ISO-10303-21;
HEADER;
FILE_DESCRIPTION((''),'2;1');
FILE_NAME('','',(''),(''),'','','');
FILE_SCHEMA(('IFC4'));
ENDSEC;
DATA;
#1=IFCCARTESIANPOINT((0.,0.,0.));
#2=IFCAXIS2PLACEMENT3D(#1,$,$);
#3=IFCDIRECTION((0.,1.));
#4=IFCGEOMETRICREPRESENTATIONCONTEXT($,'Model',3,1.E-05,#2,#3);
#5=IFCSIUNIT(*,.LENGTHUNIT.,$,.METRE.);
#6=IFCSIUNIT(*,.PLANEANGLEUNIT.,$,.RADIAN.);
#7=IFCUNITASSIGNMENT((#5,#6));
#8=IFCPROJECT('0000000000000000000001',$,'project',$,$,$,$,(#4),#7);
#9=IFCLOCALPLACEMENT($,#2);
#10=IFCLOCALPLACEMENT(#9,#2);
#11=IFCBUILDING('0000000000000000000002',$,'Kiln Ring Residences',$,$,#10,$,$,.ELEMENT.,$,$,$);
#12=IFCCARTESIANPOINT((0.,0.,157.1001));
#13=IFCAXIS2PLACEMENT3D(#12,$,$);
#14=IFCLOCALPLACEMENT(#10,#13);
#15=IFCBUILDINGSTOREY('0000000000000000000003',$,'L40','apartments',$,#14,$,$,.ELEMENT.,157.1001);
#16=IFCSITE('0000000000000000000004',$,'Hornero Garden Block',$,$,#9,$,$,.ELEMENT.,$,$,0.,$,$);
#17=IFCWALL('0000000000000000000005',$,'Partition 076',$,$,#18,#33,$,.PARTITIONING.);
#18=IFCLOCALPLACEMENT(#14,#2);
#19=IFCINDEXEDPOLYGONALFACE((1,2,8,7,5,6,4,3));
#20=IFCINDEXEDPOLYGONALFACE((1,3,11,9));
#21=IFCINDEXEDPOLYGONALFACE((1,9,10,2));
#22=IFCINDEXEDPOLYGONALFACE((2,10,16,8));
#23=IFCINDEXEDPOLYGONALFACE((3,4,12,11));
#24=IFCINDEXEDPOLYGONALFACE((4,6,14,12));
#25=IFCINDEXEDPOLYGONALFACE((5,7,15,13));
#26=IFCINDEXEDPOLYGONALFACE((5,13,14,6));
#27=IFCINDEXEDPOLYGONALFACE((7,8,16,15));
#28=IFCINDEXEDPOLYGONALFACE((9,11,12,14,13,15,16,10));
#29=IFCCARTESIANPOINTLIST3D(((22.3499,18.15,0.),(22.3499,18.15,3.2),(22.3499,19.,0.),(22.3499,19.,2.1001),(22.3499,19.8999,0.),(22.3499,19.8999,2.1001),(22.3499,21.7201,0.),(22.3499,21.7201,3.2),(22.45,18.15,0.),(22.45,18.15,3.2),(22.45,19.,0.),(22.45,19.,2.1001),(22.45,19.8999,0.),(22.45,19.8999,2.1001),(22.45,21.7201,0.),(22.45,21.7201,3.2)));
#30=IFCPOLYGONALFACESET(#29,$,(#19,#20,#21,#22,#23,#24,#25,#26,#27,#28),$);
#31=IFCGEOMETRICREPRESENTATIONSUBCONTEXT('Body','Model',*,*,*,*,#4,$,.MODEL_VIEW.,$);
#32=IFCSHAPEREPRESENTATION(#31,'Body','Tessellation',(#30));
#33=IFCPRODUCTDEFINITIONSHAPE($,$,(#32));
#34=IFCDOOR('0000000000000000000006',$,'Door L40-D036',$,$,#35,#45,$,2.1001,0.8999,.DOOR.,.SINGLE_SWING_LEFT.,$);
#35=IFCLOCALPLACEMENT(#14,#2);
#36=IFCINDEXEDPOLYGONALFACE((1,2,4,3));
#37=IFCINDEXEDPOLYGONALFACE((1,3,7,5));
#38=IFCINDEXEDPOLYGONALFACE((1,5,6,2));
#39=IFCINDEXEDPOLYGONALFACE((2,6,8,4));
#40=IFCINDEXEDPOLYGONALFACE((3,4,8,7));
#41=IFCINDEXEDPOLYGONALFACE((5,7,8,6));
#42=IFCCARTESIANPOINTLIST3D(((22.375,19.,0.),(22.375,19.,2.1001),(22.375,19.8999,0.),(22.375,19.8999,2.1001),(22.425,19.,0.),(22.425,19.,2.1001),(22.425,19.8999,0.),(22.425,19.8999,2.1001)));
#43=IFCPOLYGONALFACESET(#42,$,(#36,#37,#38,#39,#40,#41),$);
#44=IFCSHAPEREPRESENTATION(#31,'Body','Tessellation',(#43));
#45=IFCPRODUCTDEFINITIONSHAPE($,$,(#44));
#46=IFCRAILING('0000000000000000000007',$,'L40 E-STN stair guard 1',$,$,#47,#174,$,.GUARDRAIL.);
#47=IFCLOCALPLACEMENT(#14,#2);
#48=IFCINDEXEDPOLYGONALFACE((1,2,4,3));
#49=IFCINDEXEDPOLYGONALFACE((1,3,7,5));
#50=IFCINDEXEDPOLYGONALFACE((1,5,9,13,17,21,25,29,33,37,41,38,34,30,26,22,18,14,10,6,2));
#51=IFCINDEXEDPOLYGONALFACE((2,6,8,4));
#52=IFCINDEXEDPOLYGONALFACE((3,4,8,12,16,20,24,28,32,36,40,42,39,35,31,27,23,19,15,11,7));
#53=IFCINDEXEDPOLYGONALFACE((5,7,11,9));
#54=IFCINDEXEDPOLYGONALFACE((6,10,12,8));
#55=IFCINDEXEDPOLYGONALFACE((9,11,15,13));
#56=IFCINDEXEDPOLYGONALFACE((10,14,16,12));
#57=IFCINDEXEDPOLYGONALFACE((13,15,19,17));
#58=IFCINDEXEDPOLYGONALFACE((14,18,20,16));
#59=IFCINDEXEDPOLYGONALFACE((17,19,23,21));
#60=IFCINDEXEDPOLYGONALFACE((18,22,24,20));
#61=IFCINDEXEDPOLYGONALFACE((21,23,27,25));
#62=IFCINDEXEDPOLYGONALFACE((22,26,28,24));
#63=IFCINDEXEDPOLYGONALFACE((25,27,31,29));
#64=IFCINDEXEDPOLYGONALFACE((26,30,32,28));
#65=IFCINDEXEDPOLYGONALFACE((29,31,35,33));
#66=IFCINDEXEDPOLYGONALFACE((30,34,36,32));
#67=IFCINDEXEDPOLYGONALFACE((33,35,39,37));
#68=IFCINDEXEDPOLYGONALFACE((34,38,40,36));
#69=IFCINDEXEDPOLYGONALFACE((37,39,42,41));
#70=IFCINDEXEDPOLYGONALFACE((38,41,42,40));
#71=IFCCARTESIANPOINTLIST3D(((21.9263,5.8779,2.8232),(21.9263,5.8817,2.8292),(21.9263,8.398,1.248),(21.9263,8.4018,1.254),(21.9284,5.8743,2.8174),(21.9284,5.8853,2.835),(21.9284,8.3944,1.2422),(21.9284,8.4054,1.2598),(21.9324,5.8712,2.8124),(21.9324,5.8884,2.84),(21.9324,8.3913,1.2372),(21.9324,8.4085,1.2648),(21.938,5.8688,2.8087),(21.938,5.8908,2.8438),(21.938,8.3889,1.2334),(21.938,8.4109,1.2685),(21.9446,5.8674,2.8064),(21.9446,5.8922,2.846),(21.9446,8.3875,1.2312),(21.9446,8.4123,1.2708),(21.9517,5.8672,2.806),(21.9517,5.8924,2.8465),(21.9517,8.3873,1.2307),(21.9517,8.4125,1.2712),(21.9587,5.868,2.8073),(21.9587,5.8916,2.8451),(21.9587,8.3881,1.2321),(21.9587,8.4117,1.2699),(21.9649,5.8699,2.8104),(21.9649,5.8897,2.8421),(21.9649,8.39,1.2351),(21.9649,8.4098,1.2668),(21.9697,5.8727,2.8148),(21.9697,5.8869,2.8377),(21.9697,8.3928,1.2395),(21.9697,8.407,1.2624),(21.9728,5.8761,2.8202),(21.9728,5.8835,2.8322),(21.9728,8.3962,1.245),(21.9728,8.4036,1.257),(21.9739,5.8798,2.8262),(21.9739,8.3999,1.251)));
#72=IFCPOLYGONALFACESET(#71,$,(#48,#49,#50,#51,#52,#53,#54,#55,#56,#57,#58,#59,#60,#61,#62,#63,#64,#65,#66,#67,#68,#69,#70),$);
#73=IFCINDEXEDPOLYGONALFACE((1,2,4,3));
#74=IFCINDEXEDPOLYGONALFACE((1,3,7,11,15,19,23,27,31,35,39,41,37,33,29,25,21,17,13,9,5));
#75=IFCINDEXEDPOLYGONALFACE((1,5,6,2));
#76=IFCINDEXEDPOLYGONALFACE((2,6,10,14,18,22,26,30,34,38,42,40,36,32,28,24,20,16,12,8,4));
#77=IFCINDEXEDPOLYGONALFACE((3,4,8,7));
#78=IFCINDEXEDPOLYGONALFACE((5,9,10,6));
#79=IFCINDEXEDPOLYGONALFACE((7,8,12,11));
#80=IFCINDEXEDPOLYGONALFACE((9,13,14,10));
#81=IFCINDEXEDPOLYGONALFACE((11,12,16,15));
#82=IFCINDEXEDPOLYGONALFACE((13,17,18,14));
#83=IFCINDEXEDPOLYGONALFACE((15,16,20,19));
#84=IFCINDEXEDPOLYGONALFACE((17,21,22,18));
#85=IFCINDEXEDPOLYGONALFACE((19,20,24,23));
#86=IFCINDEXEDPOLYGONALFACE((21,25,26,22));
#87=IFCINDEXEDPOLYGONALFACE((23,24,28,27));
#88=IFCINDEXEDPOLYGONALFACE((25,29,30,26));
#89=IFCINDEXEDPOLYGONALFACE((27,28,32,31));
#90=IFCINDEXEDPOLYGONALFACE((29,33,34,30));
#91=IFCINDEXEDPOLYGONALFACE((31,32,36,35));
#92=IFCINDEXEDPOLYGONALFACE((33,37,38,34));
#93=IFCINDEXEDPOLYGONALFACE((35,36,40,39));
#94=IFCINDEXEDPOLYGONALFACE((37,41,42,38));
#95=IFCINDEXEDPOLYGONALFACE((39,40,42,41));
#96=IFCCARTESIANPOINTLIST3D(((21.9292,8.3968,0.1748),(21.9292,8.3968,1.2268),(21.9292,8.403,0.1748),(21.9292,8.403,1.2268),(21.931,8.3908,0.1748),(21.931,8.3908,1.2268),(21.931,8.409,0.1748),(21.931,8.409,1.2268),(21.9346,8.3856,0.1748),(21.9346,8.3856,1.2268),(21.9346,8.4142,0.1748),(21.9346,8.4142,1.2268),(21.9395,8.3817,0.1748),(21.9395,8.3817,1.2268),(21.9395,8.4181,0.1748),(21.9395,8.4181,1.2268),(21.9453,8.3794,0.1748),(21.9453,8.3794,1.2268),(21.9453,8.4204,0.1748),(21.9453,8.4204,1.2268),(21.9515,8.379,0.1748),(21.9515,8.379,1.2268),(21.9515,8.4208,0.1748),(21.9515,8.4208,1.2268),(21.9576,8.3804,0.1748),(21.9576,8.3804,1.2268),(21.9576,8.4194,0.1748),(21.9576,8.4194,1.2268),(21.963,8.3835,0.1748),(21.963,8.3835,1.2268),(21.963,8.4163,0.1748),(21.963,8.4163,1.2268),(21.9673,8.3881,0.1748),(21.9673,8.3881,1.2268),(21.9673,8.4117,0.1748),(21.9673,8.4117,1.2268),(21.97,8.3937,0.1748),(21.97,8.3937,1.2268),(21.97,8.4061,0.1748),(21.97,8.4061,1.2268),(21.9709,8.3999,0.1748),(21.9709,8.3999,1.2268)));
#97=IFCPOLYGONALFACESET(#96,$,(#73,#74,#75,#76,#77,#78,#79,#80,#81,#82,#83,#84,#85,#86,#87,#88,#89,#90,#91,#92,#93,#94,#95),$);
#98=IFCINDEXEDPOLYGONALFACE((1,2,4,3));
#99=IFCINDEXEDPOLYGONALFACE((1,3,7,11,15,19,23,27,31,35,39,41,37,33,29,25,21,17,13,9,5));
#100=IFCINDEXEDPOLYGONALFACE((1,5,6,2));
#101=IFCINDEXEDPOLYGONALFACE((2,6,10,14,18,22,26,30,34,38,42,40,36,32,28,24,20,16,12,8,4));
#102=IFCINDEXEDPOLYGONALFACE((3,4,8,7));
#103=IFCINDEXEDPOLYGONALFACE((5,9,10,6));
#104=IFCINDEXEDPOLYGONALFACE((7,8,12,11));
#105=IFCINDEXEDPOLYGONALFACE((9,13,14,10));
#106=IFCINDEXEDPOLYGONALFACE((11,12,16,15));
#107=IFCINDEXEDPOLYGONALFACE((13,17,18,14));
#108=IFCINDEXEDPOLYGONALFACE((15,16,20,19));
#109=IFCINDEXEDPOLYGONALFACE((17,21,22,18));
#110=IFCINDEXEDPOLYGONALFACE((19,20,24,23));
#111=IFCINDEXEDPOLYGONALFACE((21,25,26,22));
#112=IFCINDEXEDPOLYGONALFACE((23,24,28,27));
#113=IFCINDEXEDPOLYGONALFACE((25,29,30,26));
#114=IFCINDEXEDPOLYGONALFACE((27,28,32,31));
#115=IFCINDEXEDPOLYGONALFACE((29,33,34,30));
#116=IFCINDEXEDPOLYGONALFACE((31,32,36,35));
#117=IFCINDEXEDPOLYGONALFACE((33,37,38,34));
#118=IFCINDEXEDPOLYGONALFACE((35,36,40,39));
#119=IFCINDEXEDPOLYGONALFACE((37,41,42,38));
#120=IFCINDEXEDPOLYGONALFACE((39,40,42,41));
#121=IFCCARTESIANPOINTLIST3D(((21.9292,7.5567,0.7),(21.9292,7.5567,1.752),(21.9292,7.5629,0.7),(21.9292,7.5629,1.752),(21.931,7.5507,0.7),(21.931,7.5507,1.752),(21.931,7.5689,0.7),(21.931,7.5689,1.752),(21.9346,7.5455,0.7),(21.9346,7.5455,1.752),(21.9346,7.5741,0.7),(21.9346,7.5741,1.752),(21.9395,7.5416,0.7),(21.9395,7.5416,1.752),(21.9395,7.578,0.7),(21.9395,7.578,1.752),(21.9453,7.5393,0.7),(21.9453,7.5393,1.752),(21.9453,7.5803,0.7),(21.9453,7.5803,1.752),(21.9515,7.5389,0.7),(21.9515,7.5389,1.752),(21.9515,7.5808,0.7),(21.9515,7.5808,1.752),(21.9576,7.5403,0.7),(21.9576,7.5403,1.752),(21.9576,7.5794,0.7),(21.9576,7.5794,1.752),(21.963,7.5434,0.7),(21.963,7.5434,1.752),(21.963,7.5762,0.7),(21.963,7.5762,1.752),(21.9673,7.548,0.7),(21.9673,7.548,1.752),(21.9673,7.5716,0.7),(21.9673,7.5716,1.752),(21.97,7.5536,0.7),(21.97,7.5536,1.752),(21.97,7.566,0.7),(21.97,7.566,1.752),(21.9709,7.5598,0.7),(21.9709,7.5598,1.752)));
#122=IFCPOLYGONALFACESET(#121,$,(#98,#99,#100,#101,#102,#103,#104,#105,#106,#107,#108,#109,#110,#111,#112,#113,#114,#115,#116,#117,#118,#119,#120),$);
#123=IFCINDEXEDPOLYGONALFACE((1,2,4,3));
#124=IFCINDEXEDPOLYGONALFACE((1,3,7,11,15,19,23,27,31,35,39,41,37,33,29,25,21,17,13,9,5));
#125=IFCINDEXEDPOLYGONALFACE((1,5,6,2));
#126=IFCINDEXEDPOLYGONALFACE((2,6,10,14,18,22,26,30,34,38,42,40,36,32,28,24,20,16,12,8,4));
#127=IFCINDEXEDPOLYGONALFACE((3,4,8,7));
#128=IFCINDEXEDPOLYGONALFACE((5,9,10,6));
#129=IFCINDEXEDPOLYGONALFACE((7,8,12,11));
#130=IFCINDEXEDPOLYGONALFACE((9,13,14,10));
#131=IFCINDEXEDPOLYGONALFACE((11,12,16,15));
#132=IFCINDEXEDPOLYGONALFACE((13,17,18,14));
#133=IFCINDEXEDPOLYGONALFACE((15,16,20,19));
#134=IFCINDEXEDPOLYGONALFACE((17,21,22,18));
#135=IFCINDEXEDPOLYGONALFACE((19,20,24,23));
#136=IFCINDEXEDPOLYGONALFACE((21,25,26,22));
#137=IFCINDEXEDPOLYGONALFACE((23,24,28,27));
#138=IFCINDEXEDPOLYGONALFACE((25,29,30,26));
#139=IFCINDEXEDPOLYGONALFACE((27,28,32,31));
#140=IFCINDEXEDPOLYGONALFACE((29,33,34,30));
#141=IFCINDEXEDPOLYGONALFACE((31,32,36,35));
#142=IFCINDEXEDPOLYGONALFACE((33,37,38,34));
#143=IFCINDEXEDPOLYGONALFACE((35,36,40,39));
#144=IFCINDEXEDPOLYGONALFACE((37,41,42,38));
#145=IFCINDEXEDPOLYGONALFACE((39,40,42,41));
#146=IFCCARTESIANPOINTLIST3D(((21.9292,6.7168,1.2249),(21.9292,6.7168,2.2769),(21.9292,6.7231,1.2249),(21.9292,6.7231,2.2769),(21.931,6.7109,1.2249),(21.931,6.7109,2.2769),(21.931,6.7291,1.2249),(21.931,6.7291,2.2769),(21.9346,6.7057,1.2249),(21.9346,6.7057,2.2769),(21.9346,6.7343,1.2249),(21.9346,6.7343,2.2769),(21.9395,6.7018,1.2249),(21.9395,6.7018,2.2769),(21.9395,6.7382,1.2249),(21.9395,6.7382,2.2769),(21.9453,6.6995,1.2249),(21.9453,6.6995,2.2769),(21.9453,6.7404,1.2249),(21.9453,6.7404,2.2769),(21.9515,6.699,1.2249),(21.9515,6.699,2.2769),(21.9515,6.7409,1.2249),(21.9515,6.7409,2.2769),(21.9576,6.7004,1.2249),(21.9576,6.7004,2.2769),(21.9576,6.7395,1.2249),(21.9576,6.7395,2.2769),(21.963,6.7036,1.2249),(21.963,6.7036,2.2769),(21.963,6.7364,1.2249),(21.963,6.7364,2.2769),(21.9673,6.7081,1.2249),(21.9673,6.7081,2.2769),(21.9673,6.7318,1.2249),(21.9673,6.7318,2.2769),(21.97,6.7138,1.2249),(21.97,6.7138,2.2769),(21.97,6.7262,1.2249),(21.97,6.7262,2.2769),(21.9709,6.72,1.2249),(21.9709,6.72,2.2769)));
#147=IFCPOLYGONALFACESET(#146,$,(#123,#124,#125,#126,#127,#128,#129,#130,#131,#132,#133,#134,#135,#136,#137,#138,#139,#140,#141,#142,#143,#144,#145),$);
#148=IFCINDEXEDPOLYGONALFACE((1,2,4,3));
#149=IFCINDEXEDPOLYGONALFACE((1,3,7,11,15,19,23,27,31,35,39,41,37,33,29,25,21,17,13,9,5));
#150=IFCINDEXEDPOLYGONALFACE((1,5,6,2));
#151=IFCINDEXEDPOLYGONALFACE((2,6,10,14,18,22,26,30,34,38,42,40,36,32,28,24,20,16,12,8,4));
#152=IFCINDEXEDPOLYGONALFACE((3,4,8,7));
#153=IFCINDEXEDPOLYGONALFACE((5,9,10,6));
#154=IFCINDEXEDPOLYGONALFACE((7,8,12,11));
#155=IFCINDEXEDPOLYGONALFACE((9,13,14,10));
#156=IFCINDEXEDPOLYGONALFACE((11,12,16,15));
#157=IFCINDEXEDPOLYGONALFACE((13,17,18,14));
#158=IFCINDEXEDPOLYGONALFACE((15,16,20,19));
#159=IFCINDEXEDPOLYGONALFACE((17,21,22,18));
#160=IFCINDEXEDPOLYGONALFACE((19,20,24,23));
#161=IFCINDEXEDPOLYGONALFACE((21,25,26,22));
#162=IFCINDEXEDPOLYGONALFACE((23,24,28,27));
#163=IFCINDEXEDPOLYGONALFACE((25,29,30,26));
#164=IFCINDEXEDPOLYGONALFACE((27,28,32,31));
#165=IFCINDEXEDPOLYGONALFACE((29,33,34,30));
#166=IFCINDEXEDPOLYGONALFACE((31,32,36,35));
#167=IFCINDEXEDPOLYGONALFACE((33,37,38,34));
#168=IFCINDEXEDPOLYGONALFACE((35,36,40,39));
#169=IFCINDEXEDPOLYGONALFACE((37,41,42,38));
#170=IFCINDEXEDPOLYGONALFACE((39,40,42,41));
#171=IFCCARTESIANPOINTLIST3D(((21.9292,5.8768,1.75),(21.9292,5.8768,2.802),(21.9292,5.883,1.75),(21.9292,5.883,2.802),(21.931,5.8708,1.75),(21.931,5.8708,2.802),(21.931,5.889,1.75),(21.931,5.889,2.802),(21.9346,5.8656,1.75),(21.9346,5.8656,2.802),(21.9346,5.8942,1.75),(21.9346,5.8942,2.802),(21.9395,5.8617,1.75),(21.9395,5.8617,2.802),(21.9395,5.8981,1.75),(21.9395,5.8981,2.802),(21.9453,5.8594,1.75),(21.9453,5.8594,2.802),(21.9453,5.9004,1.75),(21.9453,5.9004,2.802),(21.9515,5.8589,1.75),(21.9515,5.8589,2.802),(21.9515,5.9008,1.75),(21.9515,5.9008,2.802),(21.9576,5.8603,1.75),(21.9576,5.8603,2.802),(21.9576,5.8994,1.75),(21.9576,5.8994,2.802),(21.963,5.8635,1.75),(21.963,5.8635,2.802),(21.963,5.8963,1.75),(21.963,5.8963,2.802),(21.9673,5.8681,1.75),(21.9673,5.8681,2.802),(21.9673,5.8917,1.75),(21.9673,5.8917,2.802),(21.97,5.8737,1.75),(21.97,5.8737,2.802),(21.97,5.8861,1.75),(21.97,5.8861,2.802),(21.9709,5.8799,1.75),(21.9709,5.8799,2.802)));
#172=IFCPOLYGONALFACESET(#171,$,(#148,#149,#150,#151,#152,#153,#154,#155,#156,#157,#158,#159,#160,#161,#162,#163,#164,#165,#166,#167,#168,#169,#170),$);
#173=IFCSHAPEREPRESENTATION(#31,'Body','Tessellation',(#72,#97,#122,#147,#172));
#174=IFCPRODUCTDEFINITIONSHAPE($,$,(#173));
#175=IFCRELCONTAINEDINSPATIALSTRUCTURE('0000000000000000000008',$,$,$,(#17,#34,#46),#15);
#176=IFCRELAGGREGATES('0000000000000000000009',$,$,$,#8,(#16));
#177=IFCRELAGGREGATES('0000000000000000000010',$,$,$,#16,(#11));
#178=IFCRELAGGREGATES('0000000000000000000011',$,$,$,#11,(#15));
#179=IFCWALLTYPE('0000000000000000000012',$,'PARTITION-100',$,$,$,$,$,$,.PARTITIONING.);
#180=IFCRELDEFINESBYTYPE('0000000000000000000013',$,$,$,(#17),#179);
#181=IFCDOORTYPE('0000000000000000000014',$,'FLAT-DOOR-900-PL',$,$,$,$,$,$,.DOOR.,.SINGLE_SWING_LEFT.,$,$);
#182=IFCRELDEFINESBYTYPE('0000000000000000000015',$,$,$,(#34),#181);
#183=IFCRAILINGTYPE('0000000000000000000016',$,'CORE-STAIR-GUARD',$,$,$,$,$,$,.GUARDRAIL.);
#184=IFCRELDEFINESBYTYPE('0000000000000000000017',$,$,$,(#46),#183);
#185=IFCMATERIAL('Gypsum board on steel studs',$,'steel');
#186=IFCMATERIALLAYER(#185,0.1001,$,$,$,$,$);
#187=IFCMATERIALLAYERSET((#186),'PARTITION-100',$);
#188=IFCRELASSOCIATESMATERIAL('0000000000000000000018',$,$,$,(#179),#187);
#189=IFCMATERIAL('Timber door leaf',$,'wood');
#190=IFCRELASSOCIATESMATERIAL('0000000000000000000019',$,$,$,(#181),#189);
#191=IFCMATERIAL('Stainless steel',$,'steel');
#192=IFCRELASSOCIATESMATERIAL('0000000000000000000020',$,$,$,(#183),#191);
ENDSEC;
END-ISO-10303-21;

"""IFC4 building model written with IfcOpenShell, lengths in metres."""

from ifc_helpers import new_model, si_unit, direction, frame, frame_2d, origin, origin_2d, place, context, subcontext, project, spatial, rectangle, circle, extrude, material, layer, layer_set, type_object, element, fill, save


model = new_model("IFC4")

# Units and contexts
model_context = context("Model", 3, precision=1e-05, world=origin(), true_north=direction((0.0, 1.0)))
body_context = subcontext(model_context, "Body", "Model", "MODEL_VIEW")
ifc_project = project(units=[si_unit("LENGTHUNIT", "METRE"), si_unit("PLANEANGLEUNIT", "RADIAN")], contexts=[model_context])

# Site, building, storey
site_placement = place(None, origin())
site = spatial("IfcSite", under=ifc_project, at=site_placement, Name="Hornero Garden Block", CompositionType="ELEMENT", RefElevation=0.0)
building_placement = place(site_placement, origin())
building = spatial("IfcBuilding", under=site, at=building_placement, Name="Kiln Ring Residences", CompositionType="ELEMENT")
storey_placement = place(building_placement, frame((0.0, 0.0, 157.1001)))
storey = spatial("IfcBuildingStorey", under=building, at=storey_placement, Name="L40", Description="apartments", CompositionType="ELEMENT", Elevation=157.1001)

# Shared definitions
ifc_material_1 = material(Name="Gypsum board on steel studs", Category="steel")
ifc_layer_1 = layer(ifc_material_1, 0.1001)
ifc_layer_set_1 = layer_set([ifc_layer_1], Name="PARTITION-100")
wall_type_1 = type_object("IfcWallType", Name="PARTITION-100", PredefinedType="PARTITIONING", material=ifc_layer_set_1)

# Wall, opening, door
wall_1_placement = place(storey_placement, frame((22.3999, 18.1499, 0.0), z_axis=(0.0, 0.0, 1.0), x_axis=(0.0, 1.0, 0.0)))
wall_1 = element("IfcWall", 1, at=wall_1_placement, inside=storey, type_object=wall_type_1, Name="Partition 076", PredefinedType="PARTITIONING", context=body_context, shape_type="SweptSolid", body=[
    extrude(rectangle(XDim=3.5701, YDim=0.1001, at=frame_2d((1.7852, 0.0))), origin(), (0.0, 0.0, 1.0), 3.2),
])
opening_1_placement = place(wall_1_placement, frame((0.8501, 0.0, 0.0)))
opening_1 = element("IfcOpeningElement", 2, at=opening_1_placement, cuts=wall_1, PredefinedType="OPENING", context=body_context, shape_type="SweptSolid", body=[
    extrude(rectangle(XDim=0.8999, YDim=2.1001, at=frame_2d((0.45, 1.05))), frame((0.0, 0.0601, 0.0), z_axis=(0.0, -1.0, 0.0), x_axis=(1.0, 0.0, 0.0)), (0.0, 0.0, 1.0), 0.1201),
])
ifc_material_2 = material(Name="Timber door leaf", Category="wood")
door_type_1 = type_object("IfcDoorType", Name="FLAT-DOOR-900-PL", OperationType="SINGLE_SWING_LEFT", PredefinedType="DOOR", material=ifc_material_2)
door_1_placement = place(opening_1_placement, origin())
door_1 = element("IfcDoor", 3, at=door_1_placement, inside=storey, type_object=door_type_1, Name="Door L40-D036", OperationType="SINGLE_SWING_LEFT", OverallHeight=2.1001, OverallWidth=0.8999, PredefinedType="DOOR", context=body_context, shape_type="SweptSolid", body=[
    extrude(rectangle(XDim=0.8999, YDim=2.1001, at=frame_2d((0.45, 1.05))), frame((0.0, 0.0249, 0.0), z_axis=(0.0, -1.0, 0.0), x_axis=(1.0, 0.0, 0.0)), (0.0, 0.0, 1.0), 0.05),
])
fill(opening_1, door_1)

# Railing
ifc_material_3 = material(Name="Stainless steel", Category="steel")
railing_type = type_object("IfcRailingType", Name="CORE-STAIR-GUARD", PredefinedType="GUARDRAIL", material=ifc_material_3)
railing_1_placement = place(storey_placement, frame((21.95, 8.3999, 0.1748)))
element("IfcRailing", 4, at=railing_1_placement, inside=storey, type_object=railing_type, Name="L40 E-STN stair guard 1", PredefinedType="GUARDRAIL", context=body_context, shape_type="SweptSolid", body=[
    extrude(circle(Radius=0.0239, at=origin_2d()), frame((0.0, 0.0, 1.0762), z_axis=(0.0, -0.847971, 0.530043), x_axis=(1.0, 0.0, 0.0)), (0.0, 0.0, 1.0), 2.9719),
    extrude(circle(Radius=0.021, at=origin_2d()), origin(), (0.0, 0.0, 1.0), 1.052),
    extrude(circle(Radius=0.021, at=origin_2d()), frame((0.0, -0.8401, 0.5251)), (0.0, 0.0, 1.0), 1.052),
    extrude(circle(Radius=0.021, at=origin_2d()), frame((0.0, -1.6799, 1.05)), (0.0, 0.0, 1.0), 1.052),
    extrude(circle(Radius=0.021, at=origin_2d()), frame((0.0, -2.52, 1.5752)), (0.0, 0.0, 1.0), 1.052),
])

save(model, "model.ifc")
